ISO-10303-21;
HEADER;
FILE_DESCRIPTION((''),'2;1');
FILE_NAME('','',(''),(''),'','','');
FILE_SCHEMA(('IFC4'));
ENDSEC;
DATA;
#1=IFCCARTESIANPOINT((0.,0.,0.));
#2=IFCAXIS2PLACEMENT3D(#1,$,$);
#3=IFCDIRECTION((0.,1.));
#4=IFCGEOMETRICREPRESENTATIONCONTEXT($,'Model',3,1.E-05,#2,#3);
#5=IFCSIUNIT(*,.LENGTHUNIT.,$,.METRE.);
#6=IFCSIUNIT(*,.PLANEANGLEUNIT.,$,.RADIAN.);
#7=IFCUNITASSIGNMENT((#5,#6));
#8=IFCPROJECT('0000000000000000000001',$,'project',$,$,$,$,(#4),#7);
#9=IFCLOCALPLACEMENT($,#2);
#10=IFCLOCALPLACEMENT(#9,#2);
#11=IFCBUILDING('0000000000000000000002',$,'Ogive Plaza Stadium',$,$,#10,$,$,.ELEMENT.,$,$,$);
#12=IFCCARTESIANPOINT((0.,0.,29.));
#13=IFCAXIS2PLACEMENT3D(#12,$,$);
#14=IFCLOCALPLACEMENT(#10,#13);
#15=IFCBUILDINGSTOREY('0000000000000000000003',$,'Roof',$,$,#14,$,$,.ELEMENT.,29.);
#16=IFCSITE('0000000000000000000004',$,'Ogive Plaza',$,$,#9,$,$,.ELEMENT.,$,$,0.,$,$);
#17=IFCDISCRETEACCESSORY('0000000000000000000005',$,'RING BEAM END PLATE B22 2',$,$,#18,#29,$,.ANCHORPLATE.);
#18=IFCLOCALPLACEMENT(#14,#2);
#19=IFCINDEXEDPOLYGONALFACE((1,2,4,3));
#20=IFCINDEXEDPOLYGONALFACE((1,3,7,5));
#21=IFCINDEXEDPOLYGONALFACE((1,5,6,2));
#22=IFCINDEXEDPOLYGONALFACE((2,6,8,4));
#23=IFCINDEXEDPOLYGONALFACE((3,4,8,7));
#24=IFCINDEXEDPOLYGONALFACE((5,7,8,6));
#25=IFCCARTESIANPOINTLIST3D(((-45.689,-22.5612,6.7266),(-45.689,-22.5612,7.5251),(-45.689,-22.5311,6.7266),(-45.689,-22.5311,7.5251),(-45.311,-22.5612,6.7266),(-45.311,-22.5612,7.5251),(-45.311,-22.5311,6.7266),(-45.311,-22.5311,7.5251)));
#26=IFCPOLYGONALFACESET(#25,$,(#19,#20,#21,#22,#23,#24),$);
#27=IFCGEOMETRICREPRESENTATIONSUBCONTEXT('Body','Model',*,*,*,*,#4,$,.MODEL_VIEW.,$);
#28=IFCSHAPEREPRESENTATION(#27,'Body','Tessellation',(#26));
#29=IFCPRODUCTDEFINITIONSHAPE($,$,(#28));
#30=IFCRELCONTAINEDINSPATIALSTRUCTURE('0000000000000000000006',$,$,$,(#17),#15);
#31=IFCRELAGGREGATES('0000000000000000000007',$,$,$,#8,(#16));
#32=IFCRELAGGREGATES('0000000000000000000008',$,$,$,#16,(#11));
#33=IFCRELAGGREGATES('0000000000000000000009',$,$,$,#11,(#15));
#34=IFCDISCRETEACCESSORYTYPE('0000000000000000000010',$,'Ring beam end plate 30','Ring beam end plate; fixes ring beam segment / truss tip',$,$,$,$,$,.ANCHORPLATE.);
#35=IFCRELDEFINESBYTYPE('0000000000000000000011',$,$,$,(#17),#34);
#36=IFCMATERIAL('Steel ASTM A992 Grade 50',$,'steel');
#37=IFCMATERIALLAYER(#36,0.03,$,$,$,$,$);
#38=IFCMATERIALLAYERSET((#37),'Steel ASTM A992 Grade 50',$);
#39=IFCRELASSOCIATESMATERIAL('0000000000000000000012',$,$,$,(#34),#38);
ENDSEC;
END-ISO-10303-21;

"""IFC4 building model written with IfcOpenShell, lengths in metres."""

from ifc_helpers import new_model, si_unit, direction, frame, origin, origin_2d, place, context, subcontext, project, spatial, rectangle, extrude, material, layer, layer_set, type_object, element, save


model = new_model("IFC4")

# Units and contexts
model_context = context("Model", 3, precision=1e-05, world=origin(), true_north=direction((0.0, 1.0)))
body_context = subcontext(model_context, "Body", "Model", "MODEL_VIEW")
ifc_project = project(units=[si_unit("LENGTHUNIT", "METRE"), si_unit("PLANEANGLEUNIT", "RADIAN")], contexts=[model_context])

# Site, building, storey
site_placement = place(None, origin())
site = spatial("IfcSite", under=ifc_project, at=site_placement, Name="Ogive Plaza", CompositionType="ELEMENT", RefElevation=0.0)
building_placement = place(site_placement, origin())
building = spatial("IfcBuilding", under=site, at=building_placement, Name="Ogive Plaza Stadium", CompositionType="ELEMENT")
storey_placement = place(building_placement, frame((0.0, 0.0, 29.0)))
storey = spatial("IfcBuildingStorey", under=building, at=storey_placement, Name="Roof", CompositionType="ELEMENT", Elevation=29.0)

# Discrete accessory
ifc_material_1 = material(Name="Steel ASTM A992 Grade 50", Category="steel")
ifc_layer = layer(ifc_material_1, 0.03)
ifc_layer_set = layer_set([ifc_layer], Name="Steel ASTM A992 Grade 50")
discrete_accessory_type = type_object("IfcDiscreteAccessoryType", Name="Ring beam end plate 30", Description="Ring beam end plate; fixes ring beam segment / truss tip", PredefinedType="ANCHORPLATE", material=ifc_layer_set)
for number, where, z_axis, x_axis, name in (
    (1, (-45.5, -22.5461, 6.7266), (0.0, 0.0, 1.0), (0.0, 1.0, 0.0), "RING BEAM END PLATE B22 2"),
):
    element("IfcDiscreteAccessory", number, at=place(storey_placement, frame(where, z_axis=z_axis, x_axis=x_axis)), inside=storey, type_object=discrete_accessory_type, Name=name, PredefinedType="ANCHORPLATE", context=body_context, shape_type="SweptSolid", body=[
        extrude(rectangle(XDim=0.03, YDim=0.3779, at=origin_2d()), origin(), (0.0, 0.0, 1.0), 0.7986),
    ])

save(model, "model.ifc")
